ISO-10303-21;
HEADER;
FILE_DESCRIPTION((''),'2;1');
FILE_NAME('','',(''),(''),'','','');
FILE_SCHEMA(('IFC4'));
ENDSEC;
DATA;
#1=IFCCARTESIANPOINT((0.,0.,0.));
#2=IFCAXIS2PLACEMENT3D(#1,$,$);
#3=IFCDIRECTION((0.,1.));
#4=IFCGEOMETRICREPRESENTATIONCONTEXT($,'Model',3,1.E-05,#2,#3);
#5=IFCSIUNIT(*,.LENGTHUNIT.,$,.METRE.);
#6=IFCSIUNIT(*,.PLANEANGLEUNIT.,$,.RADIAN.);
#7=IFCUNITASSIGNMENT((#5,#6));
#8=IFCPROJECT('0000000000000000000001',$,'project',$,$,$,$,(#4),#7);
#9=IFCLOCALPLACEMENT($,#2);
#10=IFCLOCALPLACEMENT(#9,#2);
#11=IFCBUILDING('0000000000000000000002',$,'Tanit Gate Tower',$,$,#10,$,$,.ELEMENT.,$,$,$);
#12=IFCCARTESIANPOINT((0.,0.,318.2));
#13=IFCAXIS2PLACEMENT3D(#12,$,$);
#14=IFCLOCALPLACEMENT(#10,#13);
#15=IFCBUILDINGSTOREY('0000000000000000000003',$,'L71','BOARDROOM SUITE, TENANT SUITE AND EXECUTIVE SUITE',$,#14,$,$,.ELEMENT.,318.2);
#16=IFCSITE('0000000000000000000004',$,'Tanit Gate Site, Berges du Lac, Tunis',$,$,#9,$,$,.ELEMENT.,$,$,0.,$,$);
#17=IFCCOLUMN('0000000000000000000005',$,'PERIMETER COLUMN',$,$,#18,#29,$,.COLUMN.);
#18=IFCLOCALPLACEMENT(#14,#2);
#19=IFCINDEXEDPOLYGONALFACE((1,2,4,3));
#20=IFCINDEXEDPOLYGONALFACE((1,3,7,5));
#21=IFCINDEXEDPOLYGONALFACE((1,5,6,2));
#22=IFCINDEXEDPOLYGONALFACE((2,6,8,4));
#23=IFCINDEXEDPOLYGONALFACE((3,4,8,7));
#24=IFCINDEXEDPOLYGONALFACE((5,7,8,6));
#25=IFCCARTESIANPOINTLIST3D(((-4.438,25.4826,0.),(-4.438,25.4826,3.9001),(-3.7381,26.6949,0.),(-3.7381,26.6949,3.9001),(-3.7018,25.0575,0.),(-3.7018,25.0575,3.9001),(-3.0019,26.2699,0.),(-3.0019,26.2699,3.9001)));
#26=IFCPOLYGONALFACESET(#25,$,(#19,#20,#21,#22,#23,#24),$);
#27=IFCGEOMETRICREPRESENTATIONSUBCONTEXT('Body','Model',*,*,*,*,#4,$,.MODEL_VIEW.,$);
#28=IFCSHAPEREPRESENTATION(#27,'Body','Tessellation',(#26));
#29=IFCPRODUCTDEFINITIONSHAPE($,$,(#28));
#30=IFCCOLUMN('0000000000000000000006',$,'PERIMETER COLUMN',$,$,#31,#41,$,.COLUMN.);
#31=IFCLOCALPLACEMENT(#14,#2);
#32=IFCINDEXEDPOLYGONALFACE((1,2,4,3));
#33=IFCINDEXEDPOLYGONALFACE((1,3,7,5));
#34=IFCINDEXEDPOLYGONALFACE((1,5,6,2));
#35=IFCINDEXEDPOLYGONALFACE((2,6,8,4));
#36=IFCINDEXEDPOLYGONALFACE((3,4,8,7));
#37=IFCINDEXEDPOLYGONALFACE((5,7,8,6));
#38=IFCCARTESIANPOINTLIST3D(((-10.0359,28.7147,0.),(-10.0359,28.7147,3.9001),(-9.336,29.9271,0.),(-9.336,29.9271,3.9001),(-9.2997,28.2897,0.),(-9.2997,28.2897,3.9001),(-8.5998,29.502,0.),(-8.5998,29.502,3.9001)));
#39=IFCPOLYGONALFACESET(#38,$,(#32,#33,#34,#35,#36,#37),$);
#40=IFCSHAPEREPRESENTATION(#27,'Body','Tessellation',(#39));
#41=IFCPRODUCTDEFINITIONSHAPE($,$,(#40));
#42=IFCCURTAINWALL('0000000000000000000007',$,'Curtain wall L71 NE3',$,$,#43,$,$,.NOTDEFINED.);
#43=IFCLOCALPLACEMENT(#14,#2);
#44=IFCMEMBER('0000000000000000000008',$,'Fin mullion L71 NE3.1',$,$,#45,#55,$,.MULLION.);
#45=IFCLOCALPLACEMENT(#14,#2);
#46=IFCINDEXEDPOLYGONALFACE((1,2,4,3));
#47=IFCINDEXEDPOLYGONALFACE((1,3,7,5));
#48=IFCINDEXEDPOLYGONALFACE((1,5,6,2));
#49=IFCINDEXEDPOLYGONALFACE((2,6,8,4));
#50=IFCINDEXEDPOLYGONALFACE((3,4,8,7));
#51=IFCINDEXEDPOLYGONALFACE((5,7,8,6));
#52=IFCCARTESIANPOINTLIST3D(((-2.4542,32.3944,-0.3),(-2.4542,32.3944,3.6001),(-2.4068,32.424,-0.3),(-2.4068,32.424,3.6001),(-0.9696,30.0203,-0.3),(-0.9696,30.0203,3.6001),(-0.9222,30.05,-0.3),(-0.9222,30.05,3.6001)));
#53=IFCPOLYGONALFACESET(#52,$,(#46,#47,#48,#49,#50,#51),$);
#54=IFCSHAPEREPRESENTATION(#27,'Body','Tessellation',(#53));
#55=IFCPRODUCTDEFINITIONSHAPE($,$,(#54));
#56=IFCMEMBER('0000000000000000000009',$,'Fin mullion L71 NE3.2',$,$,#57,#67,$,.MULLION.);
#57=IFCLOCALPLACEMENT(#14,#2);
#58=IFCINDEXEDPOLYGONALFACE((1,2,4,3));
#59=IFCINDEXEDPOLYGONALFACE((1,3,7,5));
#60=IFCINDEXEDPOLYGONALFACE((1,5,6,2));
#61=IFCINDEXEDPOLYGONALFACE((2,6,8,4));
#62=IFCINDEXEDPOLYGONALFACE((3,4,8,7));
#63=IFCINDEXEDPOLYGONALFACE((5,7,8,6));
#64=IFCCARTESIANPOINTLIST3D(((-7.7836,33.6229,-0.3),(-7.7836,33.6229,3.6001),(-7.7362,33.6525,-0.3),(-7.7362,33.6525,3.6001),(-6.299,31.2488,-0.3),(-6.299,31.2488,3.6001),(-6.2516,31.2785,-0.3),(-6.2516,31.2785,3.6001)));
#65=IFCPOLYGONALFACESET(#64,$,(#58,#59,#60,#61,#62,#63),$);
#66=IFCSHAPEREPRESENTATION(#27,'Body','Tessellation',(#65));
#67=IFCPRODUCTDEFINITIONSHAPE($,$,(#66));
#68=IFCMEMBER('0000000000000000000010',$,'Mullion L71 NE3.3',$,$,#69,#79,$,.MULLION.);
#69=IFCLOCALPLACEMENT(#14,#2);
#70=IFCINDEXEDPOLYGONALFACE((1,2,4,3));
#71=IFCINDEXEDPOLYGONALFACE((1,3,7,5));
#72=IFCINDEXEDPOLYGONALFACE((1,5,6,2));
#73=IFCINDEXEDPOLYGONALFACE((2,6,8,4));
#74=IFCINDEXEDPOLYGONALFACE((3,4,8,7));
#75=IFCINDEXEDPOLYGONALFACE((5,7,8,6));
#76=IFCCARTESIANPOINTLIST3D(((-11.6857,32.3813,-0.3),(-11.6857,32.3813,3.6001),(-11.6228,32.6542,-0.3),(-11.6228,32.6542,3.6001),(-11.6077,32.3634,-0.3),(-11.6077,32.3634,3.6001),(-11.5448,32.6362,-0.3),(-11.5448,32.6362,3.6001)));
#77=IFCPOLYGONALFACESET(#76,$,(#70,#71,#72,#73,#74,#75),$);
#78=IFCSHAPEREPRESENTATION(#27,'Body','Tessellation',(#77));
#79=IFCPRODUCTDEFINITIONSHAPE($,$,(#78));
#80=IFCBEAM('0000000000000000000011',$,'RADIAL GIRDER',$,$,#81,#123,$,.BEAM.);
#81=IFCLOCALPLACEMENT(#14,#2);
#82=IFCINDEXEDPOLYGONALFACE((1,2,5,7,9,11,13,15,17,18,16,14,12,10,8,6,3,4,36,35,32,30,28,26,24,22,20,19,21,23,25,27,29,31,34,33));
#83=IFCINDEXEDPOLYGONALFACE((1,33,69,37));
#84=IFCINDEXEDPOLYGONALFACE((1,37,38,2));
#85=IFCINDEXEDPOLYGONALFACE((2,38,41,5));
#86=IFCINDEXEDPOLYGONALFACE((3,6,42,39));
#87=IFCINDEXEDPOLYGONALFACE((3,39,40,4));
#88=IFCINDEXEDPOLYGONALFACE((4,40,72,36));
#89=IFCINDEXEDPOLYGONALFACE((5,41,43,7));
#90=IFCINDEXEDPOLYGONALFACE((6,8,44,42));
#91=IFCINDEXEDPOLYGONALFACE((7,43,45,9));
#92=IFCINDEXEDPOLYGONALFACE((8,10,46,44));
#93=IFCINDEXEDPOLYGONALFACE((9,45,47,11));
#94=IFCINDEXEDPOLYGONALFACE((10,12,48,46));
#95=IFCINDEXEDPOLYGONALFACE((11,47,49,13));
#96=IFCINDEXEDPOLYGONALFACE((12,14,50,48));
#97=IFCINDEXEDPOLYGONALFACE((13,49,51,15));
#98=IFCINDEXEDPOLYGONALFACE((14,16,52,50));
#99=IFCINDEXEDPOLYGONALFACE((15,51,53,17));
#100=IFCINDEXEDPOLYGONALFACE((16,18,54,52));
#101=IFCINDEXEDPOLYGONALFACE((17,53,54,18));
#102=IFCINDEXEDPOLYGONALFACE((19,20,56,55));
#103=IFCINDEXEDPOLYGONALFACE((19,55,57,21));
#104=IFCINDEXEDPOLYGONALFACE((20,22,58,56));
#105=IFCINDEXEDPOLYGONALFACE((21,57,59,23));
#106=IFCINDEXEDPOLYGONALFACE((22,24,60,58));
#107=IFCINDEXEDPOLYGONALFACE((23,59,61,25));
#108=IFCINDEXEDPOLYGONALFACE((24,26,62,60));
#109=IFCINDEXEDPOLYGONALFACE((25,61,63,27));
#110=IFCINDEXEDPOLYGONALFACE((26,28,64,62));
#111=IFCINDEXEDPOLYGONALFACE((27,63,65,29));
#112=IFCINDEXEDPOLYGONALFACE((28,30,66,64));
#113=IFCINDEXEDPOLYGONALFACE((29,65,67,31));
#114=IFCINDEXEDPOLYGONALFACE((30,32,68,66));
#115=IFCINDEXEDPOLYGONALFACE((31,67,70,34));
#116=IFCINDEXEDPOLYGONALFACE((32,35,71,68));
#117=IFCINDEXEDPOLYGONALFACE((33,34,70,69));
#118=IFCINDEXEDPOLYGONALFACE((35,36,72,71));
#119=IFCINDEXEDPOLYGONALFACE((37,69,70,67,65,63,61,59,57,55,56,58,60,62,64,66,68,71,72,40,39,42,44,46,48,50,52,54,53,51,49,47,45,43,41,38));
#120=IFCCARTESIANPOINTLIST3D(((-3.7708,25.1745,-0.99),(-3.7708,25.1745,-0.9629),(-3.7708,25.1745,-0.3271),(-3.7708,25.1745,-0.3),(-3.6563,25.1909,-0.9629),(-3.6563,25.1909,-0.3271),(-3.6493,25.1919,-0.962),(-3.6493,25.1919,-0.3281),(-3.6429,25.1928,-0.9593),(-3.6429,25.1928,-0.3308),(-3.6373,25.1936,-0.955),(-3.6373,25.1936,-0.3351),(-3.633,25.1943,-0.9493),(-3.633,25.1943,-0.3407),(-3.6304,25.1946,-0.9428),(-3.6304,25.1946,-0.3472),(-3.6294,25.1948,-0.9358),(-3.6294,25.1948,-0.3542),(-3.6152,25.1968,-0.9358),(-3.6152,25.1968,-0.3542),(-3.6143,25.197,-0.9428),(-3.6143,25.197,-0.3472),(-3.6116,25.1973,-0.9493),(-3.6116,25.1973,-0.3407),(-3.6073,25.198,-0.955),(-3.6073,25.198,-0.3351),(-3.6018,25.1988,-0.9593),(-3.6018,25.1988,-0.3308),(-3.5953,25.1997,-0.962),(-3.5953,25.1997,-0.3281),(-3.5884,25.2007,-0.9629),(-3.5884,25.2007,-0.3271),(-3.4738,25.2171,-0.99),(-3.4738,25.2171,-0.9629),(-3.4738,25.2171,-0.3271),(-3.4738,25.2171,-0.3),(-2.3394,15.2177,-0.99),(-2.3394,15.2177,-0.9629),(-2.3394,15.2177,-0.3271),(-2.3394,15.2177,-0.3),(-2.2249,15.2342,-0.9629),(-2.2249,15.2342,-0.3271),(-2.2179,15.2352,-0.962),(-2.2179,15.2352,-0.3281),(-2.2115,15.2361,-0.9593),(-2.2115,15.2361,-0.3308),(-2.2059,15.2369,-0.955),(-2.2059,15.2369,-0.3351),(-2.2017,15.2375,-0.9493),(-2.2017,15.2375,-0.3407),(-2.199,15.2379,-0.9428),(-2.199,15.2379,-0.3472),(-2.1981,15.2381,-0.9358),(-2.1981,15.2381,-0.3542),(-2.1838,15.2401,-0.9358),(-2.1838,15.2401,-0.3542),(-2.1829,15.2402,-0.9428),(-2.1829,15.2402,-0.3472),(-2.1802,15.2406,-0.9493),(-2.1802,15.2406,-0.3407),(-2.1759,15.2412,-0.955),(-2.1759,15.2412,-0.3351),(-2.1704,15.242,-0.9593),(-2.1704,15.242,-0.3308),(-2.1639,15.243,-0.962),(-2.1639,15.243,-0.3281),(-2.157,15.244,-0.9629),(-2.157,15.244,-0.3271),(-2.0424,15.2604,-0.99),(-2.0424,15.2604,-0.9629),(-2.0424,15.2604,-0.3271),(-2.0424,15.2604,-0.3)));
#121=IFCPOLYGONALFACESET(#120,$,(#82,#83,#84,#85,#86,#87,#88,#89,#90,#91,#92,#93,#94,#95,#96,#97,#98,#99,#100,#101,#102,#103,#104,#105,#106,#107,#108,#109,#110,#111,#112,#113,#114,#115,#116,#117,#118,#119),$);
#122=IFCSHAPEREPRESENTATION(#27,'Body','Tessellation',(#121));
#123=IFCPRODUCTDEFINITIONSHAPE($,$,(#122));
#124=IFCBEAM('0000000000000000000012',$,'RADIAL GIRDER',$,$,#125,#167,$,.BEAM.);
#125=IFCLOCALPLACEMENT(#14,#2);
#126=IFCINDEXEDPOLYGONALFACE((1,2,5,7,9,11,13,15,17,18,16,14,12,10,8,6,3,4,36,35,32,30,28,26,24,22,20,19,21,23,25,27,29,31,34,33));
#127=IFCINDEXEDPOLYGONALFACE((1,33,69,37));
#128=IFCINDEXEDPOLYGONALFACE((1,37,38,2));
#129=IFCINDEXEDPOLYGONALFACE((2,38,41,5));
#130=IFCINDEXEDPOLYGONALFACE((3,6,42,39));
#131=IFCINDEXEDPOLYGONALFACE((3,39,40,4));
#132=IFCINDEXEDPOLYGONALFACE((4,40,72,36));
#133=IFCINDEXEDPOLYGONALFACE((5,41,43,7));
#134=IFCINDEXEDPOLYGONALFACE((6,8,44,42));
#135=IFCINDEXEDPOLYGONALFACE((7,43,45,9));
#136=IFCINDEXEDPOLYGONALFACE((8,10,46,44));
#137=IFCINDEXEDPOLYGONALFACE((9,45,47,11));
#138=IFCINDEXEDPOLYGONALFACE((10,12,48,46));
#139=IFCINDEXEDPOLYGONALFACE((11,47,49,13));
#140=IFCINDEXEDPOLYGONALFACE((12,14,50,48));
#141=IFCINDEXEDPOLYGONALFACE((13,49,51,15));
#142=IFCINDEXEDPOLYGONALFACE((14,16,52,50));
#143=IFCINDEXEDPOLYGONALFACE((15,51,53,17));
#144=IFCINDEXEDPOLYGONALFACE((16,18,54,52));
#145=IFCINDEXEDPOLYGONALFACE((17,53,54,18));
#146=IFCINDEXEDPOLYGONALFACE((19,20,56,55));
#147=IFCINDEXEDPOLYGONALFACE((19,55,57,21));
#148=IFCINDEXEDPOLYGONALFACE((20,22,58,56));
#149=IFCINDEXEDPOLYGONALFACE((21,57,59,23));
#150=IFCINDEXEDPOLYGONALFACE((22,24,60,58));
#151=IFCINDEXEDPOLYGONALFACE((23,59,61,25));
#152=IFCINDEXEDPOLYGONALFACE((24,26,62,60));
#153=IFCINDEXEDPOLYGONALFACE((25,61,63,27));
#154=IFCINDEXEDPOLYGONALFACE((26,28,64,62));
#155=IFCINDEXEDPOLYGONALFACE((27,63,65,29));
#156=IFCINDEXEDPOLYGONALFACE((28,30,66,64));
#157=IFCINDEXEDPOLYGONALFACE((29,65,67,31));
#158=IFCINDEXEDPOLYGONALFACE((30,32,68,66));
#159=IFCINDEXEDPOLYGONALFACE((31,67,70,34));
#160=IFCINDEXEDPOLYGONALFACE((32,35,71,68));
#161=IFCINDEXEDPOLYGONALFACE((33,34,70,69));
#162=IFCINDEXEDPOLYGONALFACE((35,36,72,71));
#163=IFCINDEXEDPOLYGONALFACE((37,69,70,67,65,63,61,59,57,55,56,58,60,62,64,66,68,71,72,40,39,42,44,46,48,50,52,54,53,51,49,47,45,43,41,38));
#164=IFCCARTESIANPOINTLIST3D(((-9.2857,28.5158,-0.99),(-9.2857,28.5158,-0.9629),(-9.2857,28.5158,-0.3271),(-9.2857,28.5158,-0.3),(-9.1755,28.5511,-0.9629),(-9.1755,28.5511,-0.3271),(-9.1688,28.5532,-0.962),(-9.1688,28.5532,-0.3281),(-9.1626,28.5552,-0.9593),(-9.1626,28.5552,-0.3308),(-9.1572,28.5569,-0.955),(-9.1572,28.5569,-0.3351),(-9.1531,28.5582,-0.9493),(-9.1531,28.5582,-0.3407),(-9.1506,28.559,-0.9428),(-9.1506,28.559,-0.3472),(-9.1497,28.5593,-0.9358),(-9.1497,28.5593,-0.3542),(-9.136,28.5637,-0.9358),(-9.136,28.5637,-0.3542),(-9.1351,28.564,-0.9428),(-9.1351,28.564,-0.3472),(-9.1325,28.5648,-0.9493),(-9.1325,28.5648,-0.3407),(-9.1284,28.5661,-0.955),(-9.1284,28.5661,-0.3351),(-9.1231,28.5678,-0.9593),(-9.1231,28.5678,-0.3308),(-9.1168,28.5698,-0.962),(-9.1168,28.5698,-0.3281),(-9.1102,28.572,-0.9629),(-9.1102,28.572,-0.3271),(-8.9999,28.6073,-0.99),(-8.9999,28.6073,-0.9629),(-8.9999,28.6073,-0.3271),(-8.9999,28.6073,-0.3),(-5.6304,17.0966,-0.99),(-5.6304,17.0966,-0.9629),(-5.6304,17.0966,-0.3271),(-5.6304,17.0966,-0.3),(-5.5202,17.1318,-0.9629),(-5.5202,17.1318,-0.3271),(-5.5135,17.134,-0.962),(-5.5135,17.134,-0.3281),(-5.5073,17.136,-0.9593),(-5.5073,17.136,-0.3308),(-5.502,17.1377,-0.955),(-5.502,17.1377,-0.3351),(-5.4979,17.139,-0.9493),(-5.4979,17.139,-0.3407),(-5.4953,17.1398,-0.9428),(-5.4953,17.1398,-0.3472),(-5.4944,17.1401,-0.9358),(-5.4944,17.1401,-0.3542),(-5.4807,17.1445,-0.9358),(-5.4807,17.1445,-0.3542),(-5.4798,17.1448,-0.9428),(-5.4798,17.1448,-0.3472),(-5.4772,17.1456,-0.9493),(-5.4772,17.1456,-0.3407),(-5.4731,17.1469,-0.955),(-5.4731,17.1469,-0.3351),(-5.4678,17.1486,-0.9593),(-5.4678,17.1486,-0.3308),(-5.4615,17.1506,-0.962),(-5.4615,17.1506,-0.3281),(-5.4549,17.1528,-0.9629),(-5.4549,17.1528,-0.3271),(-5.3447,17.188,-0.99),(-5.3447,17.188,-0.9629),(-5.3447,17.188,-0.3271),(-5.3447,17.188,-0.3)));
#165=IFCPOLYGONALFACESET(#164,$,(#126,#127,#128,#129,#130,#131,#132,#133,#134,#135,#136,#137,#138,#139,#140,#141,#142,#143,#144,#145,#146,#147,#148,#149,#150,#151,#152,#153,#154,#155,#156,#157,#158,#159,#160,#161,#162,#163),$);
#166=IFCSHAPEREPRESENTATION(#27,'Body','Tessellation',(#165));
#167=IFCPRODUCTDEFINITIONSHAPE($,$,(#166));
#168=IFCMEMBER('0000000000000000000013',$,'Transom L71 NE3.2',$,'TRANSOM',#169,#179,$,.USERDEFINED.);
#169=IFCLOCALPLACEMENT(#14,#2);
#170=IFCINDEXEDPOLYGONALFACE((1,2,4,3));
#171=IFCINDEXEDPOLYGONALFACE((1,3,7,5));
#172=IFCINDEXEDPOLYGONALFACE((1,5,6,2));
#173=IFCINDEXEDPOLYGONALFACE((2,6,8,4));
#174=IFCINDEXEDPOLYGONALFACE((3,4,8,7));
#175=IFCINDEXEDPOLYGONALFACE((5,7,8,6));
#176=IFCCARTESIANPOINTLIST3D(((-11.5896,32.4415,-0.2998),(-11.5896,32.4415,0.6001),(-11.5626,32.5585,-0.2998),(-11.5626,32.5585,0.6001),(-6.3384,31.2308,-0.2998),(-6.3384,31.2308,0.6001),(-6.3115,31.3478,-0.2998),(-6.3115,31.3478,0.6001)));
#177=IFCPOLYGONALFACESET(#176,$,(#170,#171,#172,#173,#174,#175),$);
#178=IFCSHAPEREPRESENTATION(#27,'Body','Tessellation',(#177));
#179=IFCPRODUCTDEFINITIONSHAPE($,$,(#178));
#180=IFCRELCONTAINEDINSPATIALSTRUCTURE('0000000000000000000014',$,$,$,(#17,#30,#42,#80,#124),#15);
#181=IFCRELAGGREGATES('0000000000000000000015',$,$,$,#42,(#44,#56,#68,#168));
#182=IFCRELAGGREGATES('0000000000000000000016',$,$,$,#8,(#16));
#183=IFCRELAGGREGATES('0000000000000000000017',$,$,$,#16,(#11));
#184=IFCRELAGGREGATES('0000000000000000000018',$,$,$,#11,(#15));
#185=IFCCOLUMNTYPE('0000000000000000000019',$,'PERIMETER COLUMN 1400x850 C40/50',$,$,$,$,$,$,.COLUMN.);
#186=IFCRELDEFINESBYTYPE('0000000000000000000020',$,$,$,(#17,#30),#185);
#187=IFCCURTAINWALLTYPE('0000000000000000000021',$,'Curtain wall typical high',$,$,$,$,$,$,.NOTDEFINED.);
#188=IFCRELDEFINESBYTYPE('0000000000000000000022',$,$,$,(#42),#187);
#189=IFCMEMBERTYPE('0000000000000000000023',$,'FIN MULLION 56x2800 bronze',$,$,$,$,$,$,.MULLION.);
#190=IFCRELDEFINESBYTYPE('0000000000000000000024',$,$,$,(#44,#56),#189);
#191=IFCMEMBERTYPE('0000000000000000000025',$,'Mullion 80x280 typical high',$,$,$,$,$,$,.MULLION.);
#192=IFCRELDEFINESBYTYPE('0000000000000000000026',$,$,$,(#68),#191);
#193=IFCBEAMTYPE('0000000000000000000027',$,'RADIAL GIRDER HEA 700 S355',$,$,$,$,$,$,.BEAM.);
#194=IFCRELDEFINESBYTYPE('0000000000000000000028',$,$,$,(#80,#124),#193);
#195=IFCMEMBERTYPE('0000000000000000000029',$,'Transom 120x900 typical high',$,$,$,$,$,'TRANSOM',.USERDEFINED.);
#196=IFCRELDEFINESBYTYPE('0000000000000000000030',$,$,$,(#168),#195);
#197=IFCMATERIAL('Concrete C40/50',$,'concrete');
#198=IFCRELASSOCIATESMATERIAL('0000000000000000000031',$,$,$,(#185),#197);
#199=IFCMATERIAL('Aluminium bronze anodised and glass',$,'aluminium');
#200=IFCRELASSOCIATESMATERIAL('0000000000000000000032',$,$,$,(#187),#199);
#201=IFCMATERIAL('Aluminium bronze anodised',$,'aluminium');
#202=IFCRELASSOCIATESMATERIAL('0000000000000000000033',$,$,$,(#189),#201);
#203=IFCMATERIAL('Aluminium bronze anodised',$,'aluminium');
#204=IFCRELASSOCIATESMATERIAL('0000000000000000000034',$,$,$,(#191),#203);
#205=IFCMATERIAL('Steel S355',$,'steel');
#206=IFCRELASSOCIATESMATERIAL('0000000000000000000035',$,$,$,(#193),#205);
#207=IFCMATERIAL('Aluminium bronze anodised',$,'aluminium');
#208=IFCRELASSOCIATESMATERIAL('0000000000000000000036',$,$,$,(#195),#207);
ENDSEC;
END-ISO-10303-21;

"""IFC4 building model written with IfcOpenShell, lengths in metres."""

from ifc_helpers import new_model, si_unit, direction, frame, origin, origin_2d, place, context, subcontext, project, spatial, rectangle, i_section, extrude, material, material_profile, profile_set, type_object, element, aggregate, save


model = new_model("IFC4")

# Units and contexts
model_context = context("Model", 3, precision=1e-05, world=origin(), true_north=direction((0.0, 1.0)))
body_context = subcontext(model_context, "Body", "Model", "MODEL_VIEW")
ifc_project = project(units=[si_unit("LENGTHUNIT", "METRE"), si_unit("PLANEANGLEUNIT", "RADIAN")], contexts=[model_context])

# Site, building, storey
site_placement = place(None, origin())
site = spatial("IfcSite", under=ifc_project, at=site_placement, Name="Tanit Gate Site, Berges du Lac, Tunis", CompositionType="ELEMENT", RefElevation=0.0)
building_placement = place(site_placement, origin())
building = spatial("IfcBuilding", under=site, at=building_placement, Name="Tanit Gate Tower", CompositionType="ELEMENT")
storey_placement = place(building_placement, frame((0.0, 0.0, 318.2)))
storey = spatial("IfcBuildingStorey", under=building, at=storey_placement, Name="L71", Description="BOARDROOM SUITE, TENANT SUITE AND EXECUTIVE SUITE", CompositionType="ELEMENT", Elevation=318.2)

# Columns
ifc_material_1 = material(Name="Concrete C40/50", Category="concrete")
ifc_material_profile_1 = material_profile(ifc_material_1, rectangle(XDim=1.3999, YDim=0.8501, at=origin_2d()), Name="RC 1400x850")
ifc_profile_set_1 = profile_set([ifc_material_profile_1], Name="Concrete C40/50")
column_type = type_object("IfcColumnType", Name="PERIMETER COLUMN 1400x850 C40/50", PredefinedType="COLUMN", material=ifc_profile_set_1)
for number, where, z_axis, x_axis, name in (
    (1, (-3.72, 25.8762, 0.0), (0.0, 0.0, 1.0), (0.5, 0.866025, 0.0), "PERIMETER COLUMN"),
    (2, (-9.3179, 29.1084, 0.0), (0.0, 0.0, 1.0), (0.5, 0.866025, 0.0), "PERIMETER COLUMN"),
):
    element("IfcColumn", number, at=place(storey_placement, frame(where, z_axis=z_axis, x_axis=x_axis)), inside=storey, type_object=column_type, Name=name, PredefinedType="COLUMN", context=body_context, shape_type="SweptSolid", body=[
        extrude(rectangle(XDim=1.3999, YDim=0.8501, at=origin_2d()), origin(), (0.0, 0.0, 1.0), 3.9001),
    ])

# Curtain wall, members
ifc_material_2 = material(Name="Aluminium bronze anodised and glass", Category="aluminium")
curtain_wall_type = type_object("IfcCurtainWallType", Name="Curtain wall typical high", PredefinedType="NOTDEFINED", material=ifc_material_2)
curtain_wall_placement = place(storey_placement, origin())
curtain_wall = element("IfcCurtainWall", 3, at=curtain_wall_placement, inside=storey, type_object=curtain_wall_type, Name="Curtain wall L71 NE3", PredefinedType="NOTDEFINED")
ifc_material_3 = material(Name="Aluminium bronze anodised", Category="aluminium")
ifc_material_profile_2 = material_profile(ifc_material_3, rectangle(XDim=2.8, YDim=0.0559, at=origin_2d()), Name="56x2800 bronze fin mullion")
ifc_profile_set_2 = profile_set([ifc_material_profile_2], Name="Aluminium bronze anodised")
member_type_1 = type_object("IfcMemberType", Name="FIN MULLION 56x2800 bronze", PredefinedType="MULLION", material=ifc_profile_set_2)
member_1_placement = place(storey_placement, frame((-1.6882, 31.2222, -0.3), z_axis=(0.0, 0.0, 1.0), x_axis=(0.53021, -0.847867, 0.0)))
member_1 = element("IfcMember", 4, at=member_1_placement, type_object=member_type_1, Name="Fin mullion L71 NE3.1", PredefinedType="MULLION", context=body_context, shape_type="SweptSolid", body=[
    extrude(rectangle(XDim=2.8, YDim=0.0559, at=origin_2d()), origin(), (0.0, 0.0, 1.0), 3.9001),
])
member_2_placement = place(storey_placement, frame((-7.0176, 32.4507, -0.3), z_axis=(0.0, 0.0, 1.0), x_axis=(0.53021, -0.847867, 0.0)))
member_2 = element("IfcMember", 5, at=member_2_placement, type_object=member_type_1, Name="Fin mullion L71 NE3.2", PredefinedType="MULLION", context=body_context, shape_type="SweptSolid", body=[
    extrude(rectangle(XDim=2.8, YDim=0.0559, at=origin_2d()), origin(), (0.0, 0.0, 1.0), 3.9001),
])
ifc_material_4 = material(Name="Aluminium bronze anodised", Category="aluminium")
ifc_material_profile_3 = material_profile(ifc_material_4, rectangle(XDim=0.28, YDim=0.0801, at=origin_2d()), Name="80x280 bronze mullion")
ifc_profile_set_3 = profile_set([ifc_material_profile_3], Name="Aluminium bronze anodised")
member_type_2 = type_object("IfcMemberType", Name="Mullion 80x280 typical high", PredefinedType="MULLION", material=ifc_profile_set_3)
member_3_placement = place(storey_placement, frame((-11.6152, 32.5088, -0.3), z_axis=(0.0, 0.0, 1.0), x_axis=(-0.224617, -0.974447, 0.0)))
member_3 = element("IfcMember", 6, at=member_3_placement, type_object=member_type_2, Name="Mullion L71 NE3.3", PredefinedType="MULLION", context=body_context, shape_type="SweptSolid", body=[
    extrude(rectangle(XDim=0.28, YDim=0.0801, at=origin_2d()), origin(), (0.0, 0.0, 1.0), 3.9001),
])

# Beams
ifc_material_5 = material(Name="Steel S355", Category="steel")
ifc_material_profile_4 = material_profile(ifc_material_5, i_section(OverallWidth=0.3, OverallDepth=0.6899, WebThickness=0.0144, FlangeThickness=0.0271, FilletRadius=0.0271, at=origin_2d()), Name="HEA 700")
ifc_profile_set_4 = profile_set([ifc_material_profile_4], Name="Steel S355")
beam_type = type_object("IfcBeamType", Name="RADIAL GIRDER HEA 700 S355", PredefinedType="BEAM", material=ifc_profile_set_4)
beam_1_placement = place(storey_placement, frame((-3.6223, 25.1958, -0.645), z_axis=(0.142298, -0.989824, 0.0), x_axis=(0.989824, 0.142298, 0.0)))
element("IfcBeam", 7, at=beam_1_placement, inside=storey, type_object=beam_type, Name="RADIAL GIRDER", PredefinedType="BEAM", context=body_context, shape_type="SweptSolid", body=[
    extrude(i_section(OverallWidth=0.3, OverallDepth=0.6899, WebThickness=0.0144, FlangeThickness=0.0271, FilletRadius=0.0271, at=origin_2d()), origin(), (0.0, 0.0, 1.0), 10.0591),
])
beam_2_placement = place(storey_placement, frame((-9.1428, 28.5615, -0.645), z_axis=(0.304861, -0.952397, 0.0), x_axis=(0.952397, 0.304861, 0.0)))
element("IfcBeam", 8, at=beam_2_placement, inside=storey, type_object=beam_type, Name="RADIAL GIRDER", PredefinedType="BEAM", context=body_context, shape_type="SweptSolid", body=[
    extrude(i_section(OverallWidth=0.3, OverallDepth=0.6899, WebThickness=0.0144, FlangeThickness=0.0271, FilletRadius=0.0271, at=origin_2d()), origin(), (0.0, 0.0, 1.0), 11.99),
])

# Member
ifc_material_6 = material(Name="Aluminium bronze anodised", Category="aluminium")
ifc_material_profile_5 = material_profile(ifc_material_6, rectangle(XDim=0.1201, YDim=0.8999, at=origin_2d()), Name="120x900 bronze transom")
ifc_profile_set_5 = profile_set([ifc_material_profile_5], Name="Aluminium bronze anodised")
member_type_3 = type_object("IfcMemberType", Name="Transom 120x900 typical high", ElementType="TRANSOM", PredefinedType="USERDEFINED", material=ifc_profile_set_5)
member_4_placement = place(storey_placement, frame((-6.325, 31.2893, 0.1501), z_axis=(-0.974437, 0.224661, 0.0), x_axis=(-0.224661, -0.974437, 0.0)))
member_4 = element("IfcMember", 9, at=member_4_placement, type_object=member_type_3, Name="Transom L71 NE3.2", ObjectType="TRANSOM", PredefinedType="USERDEFINED", context=body_context, shape_type="SweptSolid", body=[
    extrude(rectangle(XDim=0.1201, YDim=0.8999, at=origin_2d()), origin(), (0.0, 0.0, 1.0), 5.3889),
])

aggregate(curtain_wall, [member_1, member_2, member_3, member_4])

save(model, "model.ifc")
